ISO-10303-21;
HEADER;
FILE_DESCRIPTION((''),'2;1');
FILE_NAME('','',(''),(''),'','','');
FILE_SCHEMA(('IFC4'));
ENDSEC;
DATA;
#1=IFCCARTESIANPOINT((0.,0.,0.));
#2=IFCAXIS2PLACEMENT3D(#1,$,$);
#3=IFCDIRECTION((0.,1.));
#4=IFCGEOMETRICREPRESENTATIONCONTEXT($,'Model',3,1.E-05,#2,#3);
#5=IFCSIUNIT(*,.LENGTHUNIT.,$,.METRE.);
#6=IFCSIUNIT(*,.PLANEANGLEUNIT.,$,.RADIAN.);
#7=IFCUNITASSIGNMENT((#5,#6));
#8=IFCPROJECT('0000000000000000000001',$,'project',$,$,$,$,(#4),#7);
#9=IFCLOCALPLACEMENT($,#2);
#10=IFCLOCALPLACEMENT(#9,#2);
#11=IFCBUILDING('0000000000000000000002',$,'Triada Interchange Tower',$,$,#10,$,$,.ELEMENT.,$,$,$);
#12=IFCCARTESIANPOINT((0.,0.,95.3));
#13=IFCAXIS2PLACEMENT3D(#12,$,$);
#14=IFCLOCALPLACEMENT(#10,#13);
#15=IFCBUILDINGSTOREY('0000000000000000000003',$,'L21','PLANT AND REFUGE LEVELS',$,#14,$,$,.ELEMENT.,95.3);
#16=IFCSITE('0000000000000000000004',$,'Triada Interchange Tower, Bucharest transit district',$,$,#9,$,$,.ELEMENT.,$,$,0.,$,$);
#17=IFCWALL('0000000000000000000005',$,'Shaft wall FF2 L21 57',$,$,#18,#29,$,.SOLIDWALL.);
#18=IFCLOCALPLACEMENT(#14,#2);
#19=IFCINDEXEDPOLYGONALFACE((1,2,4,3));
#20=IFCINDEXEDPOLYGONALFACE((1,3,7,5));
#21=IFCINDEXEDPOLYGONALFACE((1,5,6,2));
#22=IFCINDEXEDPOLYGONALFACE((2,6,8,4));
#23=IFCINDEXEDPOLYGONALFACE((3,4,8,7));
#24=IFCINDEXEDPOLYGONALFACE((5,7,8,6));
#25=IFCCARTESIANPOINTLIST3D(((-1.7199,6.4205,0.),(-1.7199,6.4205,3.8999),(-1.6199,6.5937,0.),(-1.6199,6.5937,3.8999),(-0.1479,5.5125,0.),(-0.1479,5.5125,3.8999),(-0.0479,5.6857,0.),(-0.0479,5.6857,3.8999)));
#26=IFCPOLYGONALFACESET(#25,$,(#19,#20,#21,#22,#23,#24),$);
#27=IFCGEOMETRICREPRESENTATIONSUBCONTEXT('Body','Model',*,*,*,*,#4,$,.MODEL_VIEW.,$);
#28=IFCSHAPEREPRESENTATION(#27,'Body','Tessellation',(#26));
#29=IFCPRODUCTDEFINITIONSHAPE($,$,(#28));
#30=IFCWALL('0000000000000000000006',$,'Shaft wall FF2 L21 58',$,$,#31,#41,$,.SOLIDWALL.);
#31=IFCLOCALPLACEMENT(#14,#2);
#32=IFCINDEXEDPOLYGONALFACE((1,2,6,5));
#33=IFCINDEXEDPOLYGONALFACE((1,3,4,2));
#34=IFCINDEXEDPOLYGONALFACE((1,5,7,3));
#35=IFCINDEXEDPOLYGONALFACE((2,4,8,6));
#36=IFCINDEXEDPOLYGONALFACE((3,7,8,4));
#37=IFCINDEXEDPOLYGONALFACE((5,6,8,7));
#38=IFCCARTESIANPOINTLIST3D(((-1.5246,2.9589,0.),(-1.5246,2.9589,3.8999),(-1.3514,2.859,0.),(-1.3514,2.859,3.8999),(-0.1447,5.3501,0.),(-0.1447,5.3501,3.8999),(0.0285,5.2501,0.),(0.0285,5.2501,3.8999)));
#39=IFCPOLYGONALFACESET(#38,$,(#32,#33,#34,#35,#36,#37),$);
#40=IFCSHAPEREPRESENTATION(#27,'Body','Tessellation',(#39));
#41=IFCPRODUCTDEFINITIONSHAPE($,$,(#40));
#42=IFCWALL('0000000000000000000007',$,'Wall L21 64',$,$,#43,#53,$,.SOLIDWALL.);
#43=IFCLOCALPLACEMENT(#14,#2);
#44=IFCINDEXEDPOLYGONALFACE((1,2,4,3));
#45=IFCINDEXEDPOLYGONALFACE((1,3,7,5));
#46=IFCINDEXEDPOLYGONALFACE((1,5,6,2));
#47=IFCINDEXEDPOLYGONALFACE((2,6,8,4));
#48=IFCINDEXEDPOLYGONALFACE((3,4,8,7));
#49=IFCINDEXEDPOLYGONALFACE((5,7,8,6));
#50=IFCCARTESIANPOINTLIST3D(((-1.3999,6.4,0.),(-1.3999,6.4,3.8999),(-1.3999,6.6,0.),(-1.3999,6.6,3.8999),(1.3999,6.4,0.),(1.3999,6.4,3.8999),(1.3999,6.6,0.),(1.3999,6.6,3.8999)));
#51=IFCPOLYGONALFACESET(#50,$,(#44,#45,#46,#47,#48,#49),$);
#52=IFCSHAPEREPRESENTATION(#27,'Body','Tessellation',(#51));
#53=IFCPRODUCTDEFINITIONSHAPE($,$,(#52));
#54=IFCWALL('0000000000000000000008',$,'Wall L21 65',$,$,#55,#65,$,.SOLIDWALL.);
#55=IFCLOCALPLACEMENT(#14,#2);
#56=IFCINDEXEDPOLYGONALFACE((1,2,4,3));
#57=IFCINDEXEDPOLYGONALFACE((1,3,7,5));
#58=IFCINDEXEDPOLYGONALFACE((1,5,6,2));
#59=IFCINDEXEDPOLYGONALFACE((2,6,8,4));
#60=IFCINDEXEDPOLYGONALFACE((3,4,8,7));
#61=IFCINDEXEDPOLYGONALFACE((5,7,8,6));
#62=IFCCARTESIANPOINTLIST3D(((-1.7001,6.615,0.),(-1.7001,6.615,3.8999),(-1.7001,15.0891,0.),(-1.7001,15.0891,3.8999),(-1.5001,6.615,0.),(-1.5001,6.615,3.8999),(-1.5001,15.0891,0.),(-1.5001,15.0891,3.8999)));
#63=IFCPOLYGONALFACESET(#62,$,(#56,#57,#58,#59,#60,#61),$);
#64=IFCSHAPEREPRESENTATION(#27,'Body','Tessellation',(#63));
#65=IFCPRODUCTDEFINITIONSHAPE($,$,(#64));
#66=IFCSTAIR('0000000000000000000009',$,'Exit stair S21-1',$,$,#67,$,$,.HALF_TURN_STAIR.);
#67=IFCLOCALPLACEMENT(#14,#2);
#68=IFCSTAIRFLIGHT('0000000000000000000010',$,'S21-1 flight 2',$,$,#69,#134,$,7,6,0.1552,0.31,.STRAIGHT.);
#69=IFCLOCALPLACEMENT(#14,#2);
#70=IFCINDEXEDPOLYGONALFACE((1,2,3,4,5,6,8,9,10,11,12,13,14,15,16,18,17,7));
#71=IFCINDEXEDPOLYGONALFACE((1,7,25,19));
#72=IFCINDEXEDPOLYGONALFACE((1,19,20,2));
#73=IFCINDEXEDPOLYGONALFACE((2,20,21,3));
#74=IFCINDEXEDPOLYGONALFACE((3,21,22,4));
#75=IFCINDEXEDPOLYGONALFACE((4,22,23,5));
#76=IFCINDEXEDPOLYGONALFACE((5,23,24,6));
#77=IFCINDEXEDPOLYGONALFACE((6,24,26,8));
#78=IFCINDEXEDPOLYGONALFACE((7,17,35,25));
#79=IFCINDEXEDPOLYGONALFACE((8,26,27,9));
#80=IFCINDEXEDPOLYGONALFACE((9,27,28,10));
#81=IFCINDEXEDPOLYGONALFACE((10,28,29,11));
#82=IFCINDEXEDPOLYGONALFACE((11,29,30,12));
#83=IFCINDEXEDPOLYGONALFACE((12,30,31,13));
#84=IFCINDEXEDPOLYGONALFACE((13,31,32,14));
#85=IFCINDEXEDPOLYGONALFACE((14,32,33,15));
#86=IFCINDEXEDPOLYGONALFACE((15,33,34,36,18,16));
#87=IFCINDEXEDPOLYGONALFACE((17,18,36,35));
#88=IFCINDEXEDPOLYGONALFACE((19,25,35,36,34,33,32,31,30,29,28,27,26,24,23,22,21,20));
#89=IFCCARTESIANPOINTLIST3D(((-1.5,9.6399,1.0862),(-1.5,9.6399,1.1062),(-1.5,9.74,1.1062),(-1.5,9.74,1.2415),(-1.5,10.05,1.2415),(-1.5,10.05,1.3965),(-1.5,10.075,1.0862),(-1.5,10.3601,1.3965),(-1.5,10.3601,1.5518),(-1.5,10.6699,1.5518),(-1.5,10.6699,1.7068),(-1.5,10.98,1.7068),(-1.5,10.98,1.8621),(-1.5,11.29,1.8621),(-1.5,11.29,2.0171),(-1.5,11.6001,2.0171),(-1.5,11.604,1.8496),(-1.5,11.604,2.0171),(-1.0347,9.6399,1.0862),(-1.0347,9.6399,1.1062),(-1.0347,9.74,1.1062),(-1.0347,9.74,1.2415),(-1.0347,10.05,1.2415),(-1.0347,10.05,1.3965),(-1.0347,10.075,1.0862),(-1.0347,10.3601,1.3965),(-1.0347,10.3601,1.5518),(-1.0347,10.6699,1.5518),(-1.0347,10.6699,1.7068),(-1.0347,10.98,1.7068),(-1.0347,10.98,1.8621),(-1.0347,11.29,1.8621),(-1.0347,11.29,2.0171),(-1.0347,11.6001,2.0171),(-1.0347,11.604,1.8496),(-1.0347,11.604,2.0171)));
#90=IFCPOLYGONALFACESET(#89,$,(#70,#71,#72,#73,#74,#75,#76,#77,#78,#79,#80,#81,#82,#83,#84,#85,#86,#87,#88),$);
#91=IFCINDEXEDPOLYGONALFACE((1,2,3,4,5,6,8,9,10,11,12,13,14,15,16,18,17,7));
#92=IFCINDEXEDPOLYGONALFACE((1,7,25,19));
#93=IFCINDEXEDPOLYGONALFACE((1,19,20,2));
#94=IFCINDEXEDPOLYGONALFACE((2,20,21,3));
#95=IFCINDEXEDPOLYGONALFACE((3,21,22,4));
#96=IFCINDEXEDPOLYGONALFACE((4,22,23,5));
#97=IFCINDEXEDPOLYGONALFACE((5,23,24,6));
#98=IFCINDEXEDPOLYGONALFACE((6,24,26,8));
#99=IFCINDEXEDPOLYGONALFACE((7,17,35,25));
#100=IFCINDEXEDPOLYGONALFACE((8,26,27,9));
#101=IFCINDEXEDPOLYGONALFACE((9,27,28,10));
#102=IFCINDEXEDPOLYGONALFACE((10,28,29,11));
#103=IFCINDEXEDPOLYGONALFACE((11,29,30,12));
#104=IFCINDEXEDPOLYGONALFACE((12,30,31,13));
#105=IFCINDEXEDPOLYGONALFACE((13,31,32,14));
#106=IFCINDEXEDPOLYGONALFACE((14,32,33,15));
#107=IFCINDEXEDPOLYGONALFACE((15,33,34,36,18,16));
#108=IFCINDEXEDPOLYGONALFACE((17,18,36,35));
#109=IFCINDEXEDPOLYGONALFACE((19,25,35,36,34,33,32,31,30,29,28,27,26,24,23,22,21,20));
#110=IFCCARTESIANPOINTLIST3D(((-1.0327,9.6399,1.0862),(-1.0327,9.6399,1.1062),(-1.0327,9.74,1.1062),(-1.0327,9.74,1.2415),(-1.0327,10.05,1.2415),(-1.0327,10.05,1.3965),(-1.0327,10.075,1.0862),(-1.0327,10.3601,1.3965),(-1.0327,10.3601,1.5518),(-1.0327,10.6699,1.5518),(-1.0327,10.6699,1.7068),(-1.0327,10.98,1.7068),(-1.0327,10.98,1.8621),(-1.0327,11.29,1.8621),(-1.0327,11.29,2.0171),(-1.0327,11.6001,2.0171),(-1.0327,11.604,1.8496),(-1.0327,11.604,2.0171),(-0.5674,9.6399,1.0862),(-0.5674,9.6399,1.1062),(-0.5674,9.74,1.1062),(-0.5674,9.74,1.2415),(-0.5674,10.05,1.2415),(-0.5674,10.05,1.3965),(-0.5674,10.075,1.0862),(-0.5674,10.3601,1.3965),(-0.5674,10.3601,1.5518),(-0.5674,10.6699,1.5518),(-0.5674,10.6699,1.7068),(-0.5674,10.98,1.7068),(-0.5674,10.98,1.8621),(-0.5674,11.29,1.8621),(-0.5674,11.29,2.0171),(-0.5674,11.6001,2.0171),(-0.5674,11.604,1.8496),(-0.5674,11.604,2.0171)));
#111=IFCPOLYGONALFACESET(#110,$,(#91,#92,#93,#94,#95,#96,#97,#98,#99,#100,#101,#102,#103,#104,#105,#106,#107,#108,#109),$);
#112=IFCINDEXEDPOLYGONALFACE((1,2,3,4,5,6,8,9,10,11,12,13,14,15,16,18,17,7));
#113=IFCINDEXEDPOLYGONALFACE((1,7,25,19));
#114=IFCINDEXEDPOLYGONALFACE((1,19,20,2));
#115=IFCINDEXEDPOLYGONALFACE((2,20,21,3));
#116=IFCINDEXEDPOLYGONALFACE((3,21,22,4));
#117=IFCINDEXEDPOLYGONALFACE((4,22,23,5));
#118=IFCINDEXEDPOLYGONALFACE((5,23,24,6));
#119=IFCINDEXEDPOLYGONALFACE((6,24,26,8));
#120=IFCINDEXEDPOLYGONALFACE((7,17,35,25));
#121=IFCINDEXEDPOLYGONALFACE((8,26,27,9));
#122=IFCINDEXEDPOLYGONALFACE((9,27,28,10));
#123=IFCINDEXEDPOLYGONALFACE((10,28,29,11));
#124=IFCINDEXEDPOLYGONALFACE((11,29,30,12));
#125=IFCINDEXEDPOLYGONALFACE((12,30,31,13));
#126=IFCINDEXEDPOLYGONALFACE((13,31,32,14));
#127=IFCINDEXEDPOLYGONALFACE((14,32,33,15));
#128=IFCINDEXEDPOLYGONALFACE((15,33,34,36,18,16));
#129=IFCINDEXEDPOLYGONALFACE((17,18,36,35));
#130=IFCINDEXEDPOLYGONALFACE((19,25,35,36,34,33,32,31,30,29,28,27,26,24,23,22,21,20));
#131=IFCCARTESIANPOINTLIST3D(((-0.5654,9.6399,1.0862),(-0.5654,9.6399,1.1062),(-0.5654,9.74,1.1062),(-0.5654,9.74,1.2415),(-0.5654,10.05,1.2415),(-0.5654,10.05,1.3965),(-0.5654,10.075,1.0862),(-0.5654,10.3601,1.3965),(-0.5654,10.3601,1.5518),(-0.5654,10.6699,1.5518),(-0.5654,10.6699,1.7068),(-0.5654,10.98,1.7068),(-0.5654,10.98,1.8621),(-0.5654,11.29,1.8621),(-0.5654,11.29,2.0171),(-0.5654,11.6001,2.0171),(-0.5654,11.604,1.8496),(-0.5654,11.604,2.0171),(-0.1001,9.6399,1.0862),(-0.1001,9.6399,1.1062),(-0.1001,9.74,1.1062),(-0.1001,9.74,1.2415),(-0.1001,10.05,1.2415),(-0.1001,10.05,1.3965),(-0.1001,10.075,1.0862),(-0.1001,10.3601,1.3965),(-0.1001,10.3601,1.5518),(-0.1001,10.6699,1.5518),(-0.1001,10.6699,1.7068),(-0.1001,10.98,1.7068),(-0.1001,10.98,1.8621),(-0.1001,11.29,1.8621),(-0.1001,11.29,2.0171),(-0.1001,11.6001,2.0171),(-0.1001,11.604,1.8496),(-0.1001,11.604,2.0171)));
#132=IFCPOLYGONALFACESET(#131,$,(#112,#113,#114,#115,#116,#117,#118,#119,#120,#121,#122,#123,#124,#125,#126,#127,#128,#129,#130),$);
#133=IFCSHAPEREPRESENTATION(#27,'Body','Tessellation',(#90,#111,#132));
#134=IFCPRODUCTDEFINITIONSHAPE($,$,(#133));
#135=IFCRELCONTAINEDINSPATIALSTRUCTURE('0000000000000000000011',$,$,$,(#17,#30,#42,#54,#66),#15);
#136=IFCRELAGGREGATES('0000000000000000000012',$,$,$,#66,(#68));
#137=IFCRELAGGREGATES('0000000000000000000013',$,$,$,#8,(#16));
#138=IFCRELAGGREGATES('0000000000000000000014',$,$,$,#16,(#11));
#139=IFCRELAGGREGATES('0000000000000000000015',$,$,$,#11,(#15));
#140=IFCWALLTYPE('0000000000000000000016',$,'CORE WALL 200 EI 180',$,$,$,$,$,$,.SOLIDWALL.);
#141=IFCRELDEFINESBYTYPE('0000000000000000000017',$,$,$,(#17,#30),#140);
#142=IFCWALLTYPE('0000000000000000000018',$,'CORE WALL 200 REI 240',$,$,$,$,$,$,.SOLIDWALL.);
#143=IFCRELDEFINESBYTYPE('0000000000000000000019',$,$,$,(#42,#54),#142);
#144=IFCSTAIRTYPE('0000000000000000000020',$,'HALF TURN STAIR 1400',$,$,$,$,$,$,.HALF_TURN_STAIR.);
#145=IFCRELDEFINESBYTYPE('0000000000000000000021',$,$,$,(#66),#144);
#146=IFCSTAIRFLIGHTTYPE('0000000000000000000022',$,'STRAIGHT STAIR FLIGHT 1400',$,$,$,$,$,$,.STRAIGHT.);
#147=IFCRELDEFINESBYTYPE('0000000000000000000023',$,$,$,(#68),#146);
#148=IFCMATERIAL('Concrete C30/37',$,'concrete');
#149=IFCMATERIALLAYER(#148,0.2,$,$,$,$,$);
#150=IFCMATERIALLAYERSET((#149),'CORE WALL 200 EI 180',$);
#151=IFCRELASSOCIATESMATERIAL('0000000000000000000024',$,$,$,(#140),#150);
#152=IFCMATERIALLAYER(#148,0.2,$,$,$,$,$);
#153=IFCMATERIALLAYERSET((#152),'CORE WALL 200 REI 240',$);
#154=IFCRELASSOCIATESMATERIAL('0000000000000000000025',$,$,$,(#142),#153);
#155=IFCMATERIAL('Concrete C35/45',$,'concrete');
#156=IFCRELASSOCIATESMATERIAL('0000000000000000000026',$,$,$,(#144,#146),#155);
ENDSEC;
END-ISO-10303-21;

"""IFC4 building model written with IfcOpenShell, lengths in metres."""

from ifc_helpers import new_model, si_unit, direction, frame, frame_2d, origin, place, context, subcontext, project, spatial, polyline, rectangle, outline, extrude, material, layer, layer_set, type_object, element, aggregate, save


model = new_model("IFC4")

# Units and contexts
model_context = context("Model", 3, precision=1e-05, world=origin(), true_north=direction((0.0, 1.0)))
body_context = subcontext(model_context, "Body", "Model", "MODEL_VIEW")
ifc_project = project(units=[si_unit("LENGTHUNIT", "METRE"), si_unit("PLANEANGLEUNIT", "RADIAN")], contexts=[model_context])

# Site, building, storey
site_placement = place(None, origin())
site = spatial("IfcSite", under=ifc_project, at=site_placement, Name="Triada Interchange Tower, Bucharest transit district", CompositionType="ELEMENT", RefElevation=0.0)
building_placement = place(site_placement, origin())
building = spatial("IfcBuilding", under=site, at=building_placement, Name="Triada Interchange Tower", CompositionType="ELEMENT")
storey_placement = place(building_placement, frame((0.0, 0.0, 95.3)))
storey = spatial("IfcBuildingStorey", under=building, at=storey_placement, Name="L21", Description="PLANT AND REFUGE LEVELS", CompositionType="ELEMENT", Elevation=95.3)

# Shared definitions
ifc_material_1 = material(Name="Concrete C30/37", Category="concrete")
ifc_layer_1 = layer(ifc_material_1, 0.2)
ifc_layer_set_1 = layer_set([ifc_layer_1], Name="CORE WALL 200 EI 180")
wall_type_1 = type_object("IfcWallType", Name="CORE WALL 200 EI 180", PredefinedType="SOLIDWALL", material=ifc_layer_set_1)

# Walls
wall_1_placement = place(storey_placement, frame((-1.6699, 6.5071, 0.0), z_axis=(0.0, 0.0, 1.0), x_axis=(0.865941, -0.500145, 0.0)))
element("IfcWall", 1, at=wall_1_placement, inside=storey, type_object=wall_type_1, Name="Shaft wall FF2 L21 57", PredefinedType="SOLIDWALL", context=body_context, shape_type="SweptSolid", body=[
    extrude(rectangle(XDim=1.8154, YDim=0.2, at=frame_2d((0.9077, 0.0))), origin(), (0.0, 0.0, 1.0), 3.8999),
])
wall_2_placement = place(storey_placement, frame((-1.438, 2.9089, 0.0), z_axis=(0.0, 0.0, 1.0), x_axis=(0.49983, 0.866124, 0.0)))
element("IfcWall", 2, at=wall_2_placement, inside=storey, type_object=wall_type_1, Name="Shaft wall FF2 L21 58", PredefinedType="SOLIDWALL", context=body_context, shape_type="SweptSolid", body=[
    extrude(rectangle(XDim=2.7607, YDim=0.2, at=frame_2d((1.3804, 0.0))), origin(), (0.0, 0.0, 1.0), 3.8999),
])
ifc_layer_2 = layer(ifc_material_1, 0.2)
ifc_layer_set_2 = layer_set([ifc_layer_2], Name="CORE WALL 200 REI 240")
wall_type_2 = type_object("IfcWallType", Name="CORE WALL 200 REI 240", PredefinedType="SOLIDWALL", material=ifc_layer_set_2)
wall_3_placement = place(storey_placement, frame((-1.3999, 6.5, 0.0), z_axis=(0.0, 0.0, 1.0), x_axis=(1.0, 0.0, 0.0)))
element("IfcWall", 3, at=wall_3_placement, inside=storey, type_object=wall_type_2, Name="Wall L21 64", PredefinedType="SOLIDWALL", context=body_context, shape_type="SweptSolid", body=[
    extrude(rectangle(XDim=2.7998, YDim=0.2, at=frame_2d((1.3999, 0.0))), origin(), (0.0, 0.0, 1.0), 3.8999),
])
wall_4_placement = place(storey_placement, frame((-1.6001, 6.615, 0.0), z_axis=(0.0, 0.0, 1.0), x_axis=(0.0, 1.0, 0.0)))
element("IfcWall", 4, at=wall_4_placement, inside=storey, type_object=wall_type_2, Name="Wall L21 65", PredefinedType="SOLIDWALL", context=body_context, shape_type="SweptSolid", body=[
    extrude(rectangle(XDim=8.4741, YDim=0.2, at=frame_2d((4.2371, 0.0))), origin(), (0.0, 0.0, 1.0), 3.8999),
])

# Stair, stair flight
ifc_material_2 = material(Name="Concrete C35/45", Category="concrete")
stair_type = type_object("IfcStairType", Name="HALF TURN STAIR 1400", PredefinedType="HALF_TURN_STAIR", material=ifc_material_2)
stair_placement = place(storey_placement, origin())
stair = element("IfcStair", 5, at=stair_placement, inside=storey, type_object=stair_type, Name="Exit stair S21-1", PredefinedType="HALF_TURN_STAIR")
stair_flight_type = type_object("IfcStairFlightType", Name="STRAIGHT STAIR FLIGHT 1400", PredefinedType="STRAIGHT", material=ifc_material_2)
stair_flight_1_placement = place(storey_placement, frame((-0.8, 9.74, 1.0862), z_axis=(0.0, 0.0, 1.0), x_axis=(0.0, 1.0, 0.0)))
stair_flight_1 = element("IfcStairFlight", 6, at=stair_flight_1_placement, type_object=stair_flight_type, Name="S21-1 flight 2", NumberOfRisers=7, NumberOfTreads=6, PredefinedType="STRAIGHT", RiserHeight=0.1552, TreadLength=0.31, context=body_context, shape_type="SweptSolid", body=[
    extrude(outline(polyline([(-0.1001, 0.0), (-0.1001, 0.02), (0.0, 0.02), (0.0, 0.1553), (0.3101, 0.1553), (0.3101, 0.3103), (0.6201, 0.3103), (0.6201, 0.4656), (0.9299, 0.4656), (0.9299, 0.6206), (1.24, 0.6206), (1.24, 0.7759), (1.55, 0.7759), (1.55, 0.9309), (1.8601, 0.9309), (1.864, 0.9309), (1.864, 1.0862), (1.864, 0.7634), (0.335, 0.0), (-0.1001, 0.0)])), frame((0.0, 0.7, 0.0), z_axis=(0.0, -1.0, 0.0), x_axis=(1.0, 0.0, 0.0)), (0.0, 0.0, 1.0), 0.4653),
    extrude(outline(polyline([(-0.1001, 0.0), (-0.1001, 0.02), (0.0, 0.02), (0.0, 0.1553), (0.3101, 0.1553), (0.3101, 0.3103), (0.6201, 0.3103), (0.6201, 0.4656), (0.9299, 0.4656), (0.9299, 0.6206), (1.24, 0.6206), (1.24, 0.7759), (1.55, 0.7759), (1.55, 0.9309), (1.8601, 0.9309), (1.864, 0.9309), (1.864, 1.0862), (1.864, 0.7634), (0.335, 0.0), (-0.1001, 0.0)])), frame((0.0, 0.2327, 0.0), z_axis=(0.0, -1.0, 0.0), x_axis=(1.0, 0.0, 0.0)), (0.0, 0.0, 1.0), 0.4653),
    extrude(outline(polyline([(-0.1001, 0.0), (-0.1001, 0.02), (0.0, 0.02), (0.0, 0.1553), (0.3101, 0.1553), (0.3101, 0.3103), (0.6201, 0.3103), (0.6201, 0.4656), (0.9299, 0.4656), (0.9299, 0.6206), (1.24, 0.6206), (1.24, 0.7759), (1.55, 0.7759), (1.55, 0.9309), (1.8601, 0.9309), (1.864, 0.9309), (1.864, 1.0862), (1.864, 0.7634), (0.335, 0.0), (-0.1001, 0.0)])), frame((0.0, -0.2346, 0.0), z_axis=(0.0, -1.0, 0.0), x_axis=(1.0, 0.0, 0.0)), (0.0, 0.0, 1.0), 0.4653),
])

aggregate(stair, [stair_flight_1])

save(model, "model.ifc")
